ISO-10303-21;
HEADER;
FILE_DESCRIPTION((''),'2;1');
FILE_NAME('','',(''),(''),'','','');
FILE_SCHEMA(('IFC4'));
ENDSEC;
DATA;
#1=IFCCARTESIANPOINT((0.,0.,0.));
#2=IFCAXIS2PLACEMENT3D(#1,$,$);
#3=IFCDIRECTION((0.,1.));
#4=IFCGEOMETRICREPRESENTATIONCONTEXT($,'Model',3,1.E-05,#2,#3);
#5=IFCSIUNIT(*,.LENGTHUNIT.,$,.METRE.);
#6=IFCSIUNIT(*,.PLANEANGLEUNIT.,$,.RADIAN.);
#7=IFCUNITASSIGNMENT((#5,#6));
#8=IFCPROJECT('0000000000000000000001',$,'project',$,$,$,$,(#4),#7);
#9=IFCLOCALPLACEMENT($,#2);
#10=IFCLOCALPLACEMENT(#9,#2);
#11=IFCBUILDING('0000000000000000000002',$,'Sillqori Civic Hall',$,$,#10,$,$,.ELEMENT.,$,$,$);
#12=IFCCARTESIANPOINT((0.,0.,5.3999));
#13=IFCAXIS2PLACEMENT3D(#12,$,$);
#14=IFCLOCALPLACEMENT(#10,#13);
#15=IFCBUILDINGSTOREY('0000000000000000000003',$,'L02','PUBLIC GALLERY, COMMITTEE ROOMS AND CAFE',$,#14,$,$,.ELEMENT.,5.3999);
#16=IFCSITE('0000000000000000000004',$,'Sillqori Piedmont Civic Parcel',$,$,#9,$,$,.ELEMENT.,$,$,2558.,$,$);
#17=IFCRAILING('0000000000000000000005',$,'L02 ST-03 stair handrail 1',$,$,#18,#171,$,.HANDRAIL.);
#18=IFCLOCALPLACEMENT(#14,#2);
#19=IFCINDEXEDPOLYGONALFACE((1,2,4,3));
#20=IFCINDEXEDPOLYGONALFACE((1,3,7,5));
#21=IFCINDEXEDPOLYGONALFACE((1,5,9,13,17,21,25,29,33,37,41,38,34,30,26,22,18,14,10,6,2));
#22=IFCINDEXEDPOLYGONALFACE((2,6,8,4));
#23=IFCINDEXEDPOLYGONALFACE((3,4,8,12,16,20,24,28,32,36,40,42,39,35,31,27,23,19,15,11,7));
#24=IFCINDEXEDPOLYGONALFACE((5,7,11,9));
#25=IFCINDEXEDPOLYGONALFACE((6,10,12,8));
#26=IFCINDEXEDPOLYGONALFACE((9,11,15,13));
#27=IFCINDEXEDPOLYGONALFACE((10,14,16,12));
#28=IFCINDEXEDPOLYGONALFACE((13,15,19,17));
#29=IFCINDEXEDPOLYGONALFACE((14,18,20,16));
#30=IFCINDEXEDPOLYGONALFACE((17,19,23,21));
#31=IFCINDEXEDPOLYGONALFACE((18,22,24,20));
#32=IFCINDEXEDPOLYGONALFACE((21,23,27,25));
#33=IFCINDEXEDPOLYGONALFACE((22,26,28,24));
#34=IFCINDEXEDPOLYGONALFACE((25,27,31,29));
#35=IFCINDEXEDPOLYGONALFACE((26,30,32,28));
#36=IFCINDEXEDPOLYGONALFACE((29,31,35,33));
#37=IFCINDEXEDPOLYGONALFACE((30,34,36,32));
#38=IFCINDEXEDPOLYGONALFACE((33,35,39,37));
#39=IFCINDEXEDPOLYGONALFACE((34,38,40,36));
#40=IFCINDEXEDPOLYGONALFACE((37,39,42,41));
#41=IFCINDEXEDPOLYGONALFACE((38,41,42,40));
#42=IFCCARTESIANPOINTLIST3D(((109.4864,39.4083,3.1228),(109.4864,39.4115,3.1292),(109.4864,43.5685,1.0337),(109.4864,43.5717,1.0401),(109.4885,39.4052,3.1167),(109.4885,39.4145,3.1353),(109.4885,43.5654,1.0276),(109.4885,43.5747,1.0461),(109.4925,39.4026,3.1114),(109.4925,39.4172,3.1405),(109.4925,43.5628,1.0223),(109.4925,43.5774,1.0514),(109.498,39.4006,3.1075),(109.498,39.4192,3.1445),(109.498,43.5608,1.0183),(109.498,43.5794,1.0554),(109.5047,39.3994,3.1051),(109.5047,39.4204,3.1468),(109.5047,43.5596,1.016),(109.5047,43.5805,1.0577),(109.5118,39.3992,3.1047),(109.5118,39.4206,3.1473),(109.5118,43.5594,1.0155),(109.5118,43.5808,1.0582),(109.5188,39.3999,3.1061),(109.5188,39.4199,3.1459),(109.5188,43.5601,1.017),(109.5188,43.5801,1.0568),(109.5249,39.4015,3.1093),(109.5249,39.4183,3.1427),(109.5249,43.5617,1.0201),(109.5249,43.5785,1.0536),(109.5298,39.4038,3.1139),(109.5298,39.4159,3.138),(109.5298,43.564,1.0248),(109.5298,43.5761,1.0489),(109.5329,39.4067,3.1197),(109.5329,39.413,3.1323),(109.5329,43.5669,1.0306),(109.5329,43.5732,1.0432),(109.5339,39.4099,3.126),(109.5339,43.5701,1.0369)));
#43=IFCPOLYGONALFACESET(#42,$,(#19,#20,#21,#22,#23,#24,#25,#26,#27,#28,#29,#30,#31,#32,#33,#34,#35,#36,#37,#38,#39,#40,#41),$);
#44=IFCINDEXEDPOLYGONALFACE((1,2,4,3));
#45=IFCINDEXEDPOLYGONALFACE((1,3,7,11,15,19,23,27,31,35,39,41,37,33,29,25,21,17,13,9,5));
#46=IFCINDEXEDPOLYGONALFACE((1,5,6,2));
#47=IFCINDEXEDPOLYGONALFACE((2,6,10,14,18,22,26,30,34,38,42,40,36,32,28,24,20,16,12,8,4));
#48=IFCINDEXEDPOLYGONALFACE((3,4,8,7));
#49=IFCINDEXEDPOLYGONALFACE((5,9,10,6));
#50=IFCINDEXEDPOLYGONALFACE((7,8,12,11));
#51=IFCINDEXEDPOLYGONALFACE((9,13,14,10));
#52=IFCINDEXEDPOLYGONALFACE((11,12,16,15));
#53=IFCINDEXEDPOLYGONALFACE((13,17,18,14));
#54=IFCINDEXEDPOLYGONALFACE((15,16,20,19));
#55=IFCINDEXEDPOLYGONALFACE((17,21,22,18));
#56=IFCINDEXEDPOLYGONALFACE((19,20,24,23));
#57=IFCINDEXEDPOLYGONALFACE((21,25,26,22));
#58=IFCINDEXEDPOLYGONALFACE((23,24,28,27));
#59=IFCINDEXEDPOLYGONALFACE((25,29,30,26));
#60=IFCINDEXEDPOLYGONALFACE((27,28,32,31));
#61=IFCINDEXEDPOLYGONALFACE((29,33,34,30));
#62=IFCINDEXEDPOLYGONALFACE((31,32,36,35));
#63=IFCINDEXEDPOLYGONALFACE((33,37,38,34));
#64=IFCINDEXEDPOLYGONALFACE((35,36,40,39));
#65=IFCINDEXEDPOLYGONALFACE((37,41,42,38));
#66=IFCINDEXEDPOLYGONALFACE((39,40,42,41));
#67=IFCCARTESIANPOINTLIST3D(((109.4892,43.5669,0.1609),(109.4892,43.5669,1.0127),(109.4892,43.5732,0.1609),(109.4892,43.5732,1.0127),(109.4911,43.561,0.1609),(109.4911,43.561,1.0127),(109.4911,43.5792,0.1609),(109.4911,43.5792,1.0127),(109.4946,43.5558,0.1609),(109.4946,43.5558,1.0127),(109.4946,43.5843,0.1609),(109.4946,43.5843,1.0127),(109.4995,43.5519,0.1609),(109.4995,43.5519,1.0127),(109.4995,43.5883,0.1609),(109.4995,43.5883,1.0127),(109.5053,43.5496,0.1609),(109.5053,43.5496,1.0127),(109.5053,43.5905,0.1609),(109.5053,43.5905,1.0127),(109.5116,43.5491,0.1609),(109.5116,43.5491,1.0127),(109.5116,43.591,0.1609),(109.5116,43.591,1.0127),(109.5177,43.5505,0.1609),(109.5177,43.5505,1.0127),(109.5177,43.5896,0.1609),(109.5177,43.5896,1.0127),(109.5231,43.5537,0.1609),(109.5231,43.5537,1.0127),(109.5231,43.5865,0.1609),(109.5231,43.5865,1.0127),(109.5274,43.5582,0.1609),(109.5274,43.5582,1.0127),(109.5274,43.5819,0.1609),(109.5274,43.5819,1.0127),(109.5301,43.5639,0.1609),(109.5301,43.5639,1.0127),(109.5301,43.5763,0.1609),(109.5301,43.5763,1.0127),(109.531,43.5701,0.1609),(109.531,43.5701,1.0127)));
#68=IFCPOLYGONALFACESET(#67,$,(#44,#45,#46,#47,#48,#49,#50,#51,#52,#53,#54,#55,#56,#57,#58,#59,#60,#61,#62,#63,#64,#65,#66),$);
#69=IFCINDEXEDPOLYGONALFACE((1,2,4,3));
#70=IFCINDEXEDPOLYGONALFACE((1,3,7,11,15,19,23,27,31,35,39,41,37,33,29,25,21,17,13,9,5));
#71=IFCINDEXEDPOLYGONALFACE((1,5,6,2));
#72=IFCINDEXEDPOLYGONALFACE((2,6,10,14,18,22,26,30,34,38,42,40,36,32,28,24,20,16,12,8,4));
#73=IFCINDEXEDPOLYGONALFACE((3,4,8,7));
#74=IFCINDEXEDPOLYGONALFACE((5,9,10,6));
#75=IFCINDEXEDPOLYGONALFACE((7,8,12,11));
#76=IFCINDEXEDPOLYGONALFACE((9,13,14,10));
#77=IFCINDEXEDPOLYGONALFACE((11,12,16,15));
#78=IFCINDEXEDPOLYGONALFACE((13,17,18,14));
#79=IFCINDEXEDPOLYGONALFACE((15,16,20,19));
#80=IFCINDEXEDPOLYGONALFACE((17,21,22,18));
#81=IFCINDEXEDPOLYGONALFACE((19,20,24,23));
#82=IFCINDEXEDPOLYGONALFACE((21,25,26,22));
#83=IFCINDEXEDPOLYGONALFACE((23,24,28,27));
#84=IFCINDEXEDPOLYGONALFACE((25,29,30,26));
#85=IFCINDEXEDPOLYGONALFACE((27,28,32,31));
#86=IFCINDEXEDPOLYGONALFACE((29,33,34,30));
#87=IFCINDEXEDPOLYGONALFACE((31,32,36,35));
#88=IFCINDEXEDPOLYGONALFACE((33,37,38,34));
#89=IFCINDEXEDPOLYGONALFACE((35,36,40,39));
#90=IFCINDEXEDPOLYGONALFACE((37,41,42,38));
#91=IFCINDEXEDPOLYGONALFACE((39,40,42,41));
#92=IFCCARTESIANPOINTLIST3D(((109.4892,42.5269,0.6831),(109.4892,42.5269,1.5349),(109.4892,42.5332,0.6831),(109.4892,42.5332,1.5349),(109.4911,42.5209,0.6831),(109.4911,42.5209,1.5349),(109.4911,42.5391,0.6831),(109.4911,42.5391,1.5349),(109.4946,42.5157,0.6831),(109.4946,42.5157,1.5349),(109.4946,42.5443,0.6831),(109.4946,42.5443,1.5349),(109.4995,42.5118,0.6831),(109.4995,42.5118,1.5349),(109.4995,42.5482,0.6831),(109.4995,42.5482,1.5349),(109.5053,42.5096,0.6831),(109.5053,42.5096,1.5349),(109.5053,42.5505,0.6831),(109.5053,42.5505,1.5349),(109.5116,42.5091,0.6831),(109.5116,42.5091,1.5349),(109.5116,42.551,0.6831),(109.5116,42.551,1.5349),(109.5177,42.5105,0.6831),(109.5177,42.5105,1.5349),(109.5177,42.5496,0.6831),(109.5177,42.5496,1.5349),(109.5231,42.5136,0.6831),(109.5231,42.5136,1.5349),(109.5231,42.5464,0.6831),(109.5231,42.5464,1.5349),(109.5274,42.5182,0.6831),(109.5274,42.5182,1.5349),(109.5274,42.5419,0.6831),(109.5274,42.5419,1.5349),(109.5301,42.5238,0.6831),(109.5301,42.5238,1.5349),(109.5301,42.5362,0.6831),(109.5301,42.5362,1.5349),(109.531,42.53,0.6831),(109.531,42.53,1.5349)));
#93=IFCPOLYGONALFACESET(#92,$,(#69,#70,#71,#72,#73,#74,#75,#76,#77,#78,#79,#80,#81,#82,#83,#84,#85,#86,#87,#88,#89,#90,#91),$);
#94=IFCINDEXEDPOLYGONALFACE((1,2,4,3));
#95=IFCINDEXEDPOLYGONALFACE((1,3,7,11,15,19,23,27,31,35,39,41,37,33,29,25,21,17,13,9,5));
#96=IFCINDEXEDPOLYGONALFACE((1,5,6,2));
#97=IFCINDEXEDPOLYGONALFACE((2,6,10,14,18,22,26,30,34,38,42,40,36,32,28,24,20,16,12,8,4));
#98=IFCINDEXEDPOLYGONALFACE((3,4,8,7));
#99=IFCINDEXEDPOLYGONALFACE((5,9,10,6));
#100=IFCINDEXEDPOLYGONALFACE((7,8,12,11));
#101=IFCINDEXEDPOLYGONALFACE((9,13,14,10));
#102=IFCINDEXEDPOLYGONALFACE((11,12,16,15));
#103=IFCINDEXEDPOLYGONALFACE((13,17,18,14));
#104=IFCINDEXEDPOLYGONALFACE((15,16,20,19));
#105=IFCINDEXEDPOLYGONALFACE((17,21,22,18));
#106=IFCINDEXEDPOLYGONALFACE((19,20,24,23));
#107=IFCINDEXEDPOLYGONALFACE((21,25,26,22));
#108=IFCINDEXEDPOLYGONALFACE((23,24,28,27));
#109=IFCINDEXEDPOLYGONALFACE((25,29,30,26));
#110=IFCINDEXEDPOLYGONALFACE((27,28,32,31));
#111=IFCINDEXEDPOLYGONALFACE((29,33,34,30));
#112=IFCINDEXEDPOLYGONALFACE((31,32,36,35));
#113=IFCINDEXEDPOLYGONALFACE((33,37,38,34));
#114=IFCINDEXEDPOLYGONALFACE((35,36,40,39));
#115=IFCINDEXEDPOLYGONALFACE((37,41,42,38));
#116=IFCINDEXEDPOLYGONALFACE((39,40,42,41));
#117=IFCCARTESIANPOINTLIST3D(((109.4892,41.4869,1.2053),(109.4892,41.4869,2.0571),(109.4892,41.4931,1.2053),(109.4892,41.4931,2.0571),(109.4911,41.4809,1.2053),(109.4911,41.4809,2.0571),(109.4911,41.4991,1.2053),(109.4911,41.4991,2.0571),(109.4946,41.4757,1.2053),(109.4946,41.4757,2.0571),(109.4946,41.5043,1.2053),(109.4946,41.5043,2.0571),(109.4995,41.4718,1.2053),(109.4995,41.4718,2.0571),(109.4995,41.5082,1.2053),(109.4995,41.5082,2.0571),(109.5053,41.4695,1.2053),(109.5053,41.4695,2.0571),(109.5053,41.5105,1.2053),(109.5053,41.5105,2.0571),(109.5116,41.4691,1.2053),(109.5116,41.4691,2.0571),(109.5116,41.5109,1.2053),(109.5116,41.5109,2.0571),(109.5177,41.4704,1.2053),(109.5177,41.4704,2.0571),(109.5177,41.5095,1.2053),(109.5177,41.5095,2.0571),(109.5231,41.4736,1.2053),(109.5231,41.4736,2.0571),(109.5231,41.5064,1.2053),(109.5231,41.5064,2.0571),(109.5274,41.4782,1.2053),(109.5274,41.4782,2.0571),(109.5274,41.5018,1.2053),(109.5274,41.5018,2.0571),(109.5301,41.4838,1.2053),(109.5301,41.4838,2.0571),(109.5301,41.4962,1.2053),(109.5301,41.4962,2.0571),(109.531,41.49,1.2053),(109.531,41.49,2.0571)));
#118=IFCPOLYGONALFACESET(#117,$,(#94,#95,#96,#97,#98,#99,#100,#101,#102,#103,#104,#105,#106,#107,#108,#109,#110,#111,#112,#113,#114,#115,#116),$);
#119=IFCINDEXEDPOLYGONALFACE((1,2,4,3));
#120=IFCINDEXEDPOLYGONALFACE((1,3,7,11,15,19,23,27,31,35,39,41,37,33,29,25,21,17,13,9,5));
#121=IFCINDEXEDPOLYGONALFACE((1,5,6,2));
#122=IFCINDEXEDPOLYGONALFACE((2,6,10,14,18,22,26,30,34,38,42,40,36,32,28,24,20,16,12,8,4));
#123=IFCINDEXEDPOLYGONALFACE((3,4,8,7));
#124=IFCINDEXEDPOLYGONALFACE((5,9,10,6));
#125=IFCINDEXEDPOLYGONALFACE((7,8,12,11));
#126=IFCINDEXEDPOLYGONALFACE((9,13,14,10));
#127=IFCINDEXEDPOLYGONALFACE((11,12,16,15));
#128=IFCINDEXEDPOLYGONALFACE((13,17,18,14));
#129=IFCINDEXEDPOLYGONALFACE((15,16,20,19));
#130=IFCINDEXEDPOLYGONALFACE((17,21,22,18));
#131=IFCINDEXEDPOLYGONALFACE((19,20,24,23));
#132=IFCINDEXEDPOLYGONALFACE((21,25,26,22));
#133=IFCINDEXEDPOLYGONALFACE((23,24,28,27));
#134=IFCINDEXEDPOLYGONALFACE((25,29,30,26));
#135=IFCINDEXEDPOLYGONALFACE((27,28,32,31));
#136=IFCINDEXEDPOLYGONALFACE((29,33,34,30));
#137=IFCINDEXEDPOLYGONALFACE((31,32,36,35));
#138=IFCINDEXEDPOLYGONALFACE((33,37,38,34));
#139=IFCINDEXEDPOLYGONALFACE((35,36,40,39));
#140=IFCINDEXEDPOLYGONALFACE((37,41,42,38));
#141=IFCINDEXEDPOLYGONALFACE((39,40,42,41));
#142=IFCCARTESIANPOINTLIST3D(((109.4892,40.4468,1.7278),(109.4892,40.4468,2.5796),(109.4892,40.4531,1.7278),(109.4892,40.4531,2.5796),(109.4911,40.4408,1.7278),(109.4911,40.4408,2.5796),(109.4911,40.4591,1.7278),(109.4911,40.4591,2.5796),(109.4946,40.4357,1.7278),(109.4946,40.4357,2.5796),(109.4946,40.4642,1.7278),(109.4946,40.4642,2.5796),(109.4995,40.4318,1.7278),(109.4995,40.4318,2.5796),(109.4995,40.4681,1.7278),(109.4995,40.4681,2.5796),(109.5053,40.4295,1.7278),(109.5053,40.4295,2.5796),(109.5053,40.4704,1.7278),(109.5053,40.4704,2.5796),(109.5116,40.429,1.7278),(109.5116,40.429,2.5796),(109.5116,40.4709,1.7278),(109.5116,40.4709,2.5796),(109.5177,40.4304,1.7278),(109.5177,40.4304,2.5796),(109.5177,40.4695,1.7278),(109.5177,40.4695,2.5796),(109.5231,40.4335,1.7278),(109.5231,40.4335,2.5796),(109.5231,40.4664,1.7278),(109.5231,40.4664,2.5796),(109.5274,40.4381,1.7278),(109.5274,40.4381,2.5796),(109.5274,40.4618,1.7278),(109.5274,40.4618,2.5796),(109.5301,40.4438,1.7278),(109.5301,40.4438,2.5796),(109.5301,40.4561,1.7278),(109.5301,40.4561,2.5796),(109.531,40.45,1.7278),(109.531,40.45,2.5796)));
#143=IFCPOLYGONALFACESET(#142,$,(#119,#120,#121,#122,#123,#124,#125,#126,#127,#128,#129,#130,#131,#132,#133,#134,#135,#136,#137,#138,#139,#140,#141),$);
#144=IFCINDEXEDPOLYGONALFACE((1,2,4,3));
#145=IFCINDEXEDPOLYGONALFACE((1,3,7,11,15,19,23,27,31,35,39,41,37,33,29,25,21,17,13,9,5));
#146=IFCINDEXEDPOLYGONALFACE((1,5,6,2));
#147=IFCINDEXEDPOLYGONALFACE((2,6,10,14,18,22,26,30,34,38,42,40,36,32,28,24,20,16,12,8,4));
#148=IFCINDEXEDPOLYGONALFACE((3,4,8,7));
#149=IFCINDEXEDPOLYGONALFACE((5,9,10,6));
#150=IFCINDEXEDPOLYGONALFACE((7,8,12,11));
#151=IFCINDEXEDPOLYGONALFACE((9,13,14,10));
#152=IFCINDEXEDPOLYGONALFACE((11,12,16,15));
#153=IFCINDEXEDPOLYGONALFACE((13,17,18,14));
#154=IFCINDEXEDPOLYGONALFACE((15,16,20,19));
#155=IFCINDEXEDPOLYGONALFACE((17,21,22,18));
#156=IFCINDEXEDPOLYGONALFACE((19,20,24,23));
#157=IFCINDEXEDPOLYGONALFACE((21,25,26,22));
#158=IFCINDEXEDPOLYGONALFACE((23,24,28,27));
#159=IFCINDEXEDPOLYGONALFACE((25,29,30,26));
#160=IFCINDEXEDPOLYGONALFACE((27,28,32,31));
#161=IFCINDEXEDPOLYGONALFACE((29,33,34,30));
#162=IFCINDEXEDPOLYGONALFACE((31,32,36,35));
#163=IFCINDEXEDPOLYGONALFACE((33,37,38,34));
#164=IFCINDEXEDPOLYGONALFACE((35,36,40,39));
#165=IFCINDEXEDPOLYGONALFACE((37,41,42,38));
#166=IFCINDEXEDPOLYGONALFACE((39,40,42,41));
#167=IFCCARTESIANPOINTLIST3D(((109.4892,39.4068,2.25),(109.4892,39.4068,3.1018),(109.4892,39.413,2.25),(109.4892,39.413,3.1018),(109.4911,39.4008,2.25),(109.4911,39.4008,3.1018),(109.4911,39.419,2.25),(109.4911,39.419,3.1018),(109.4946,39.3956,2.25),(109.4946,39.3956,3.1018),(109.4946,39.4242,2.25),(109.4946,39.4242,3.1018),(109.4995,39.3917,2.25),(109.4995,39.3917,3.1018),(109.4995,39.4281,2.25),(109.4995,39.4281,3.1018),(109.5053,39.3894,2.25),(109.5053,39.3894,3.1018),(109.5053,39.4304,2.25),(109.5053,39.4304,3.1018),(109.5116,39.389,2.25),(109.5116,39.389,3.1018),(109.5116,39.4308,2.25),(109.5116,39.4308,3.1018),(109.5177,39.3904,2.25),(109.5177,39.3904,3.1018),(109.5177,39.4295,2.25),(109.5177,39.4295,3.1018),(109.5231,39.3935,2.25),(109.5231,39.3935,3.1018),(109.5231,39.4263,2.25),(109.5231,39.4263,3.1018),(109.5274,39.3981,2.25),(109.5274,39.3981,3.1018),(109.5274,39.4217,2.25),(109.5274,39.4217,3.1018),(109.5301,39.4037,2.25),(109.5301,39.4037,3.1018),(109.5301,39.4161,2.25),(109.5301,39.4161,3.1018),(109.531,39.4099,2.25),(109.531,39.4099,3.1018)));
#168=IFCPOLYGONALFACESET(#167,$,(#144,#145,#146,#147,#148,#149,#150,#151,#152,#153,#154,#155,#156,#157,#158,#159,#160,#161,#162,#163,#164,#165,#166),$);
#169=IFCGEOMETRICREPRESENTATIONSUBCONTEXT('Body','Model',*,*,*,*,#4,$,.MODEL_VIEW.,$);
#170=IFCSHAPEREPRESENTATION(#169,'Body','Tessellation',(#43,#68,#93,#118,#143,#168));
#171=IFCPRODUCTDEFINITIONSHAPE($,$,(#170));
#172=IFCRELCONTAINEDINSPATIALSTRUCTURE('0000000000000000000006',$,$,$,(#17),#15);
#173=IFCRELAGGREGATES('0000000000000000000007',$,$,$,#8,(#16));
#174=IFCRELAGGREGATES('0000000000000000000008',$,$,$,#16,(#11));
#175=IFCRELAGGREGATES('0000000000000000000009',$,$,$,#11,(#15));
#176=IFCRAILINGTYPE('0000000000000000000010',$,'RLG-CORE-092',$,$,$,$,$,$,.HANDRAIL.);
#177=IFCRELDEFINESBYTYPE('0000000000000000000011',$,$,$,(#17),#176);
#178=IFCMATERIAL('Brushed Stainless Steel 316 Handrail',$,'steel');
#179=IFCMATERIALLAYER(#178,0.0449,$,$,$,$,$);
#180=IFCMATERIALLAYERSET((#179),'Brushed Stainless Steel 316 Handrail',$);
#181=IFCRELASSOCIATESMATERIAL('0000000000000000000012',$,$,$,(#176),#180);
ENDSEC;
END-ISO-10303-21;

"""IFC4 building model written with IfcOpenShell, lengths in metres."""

from ifc_helpers import new_model, si_unit, direction, frame, origin, origin_2d, place, context, subcontext, project, spatial, circle, extrude, material, layer, layer_set, type_object, element, save


model = new_model("IFC4")

# Units and contexts
model_context = context("Model", 3, precision=1e-05, world=origin(), true_north=direction((0.0, 1.0)))
body_context = subcontext(model_context, "Body", "Model", "MODEL_VIEW")
ifc_project = project(units=[si_unit("LENGTHUNIT", "METRE"), si_unit("PLANEANGLEUNIT", "RADIAN")], contexts=[model_context])

# Site, building, storey
site_placement = place(None, origin())
site = spatial("IfcSite", under=ifc_project, at=site_placement, Name="Sillqori Piedmont Civic Parcel", CompositionType="ELEMENT", RefElevation=2558.0)
building_placement = place(site_placement, origin())
building = spatial("IfcBuilding", under=site, at=building_placement, Name="Sillqori Civic Hall", CompositionType="ELEMENT")
storey_placement = place(building_placement, frame((0.0, 0.0, 5.3999)))
storey = spatial("IfcBuildingStorey", under=building, at=storey_placement, Name="L02", Description="PUBLIC GALLERY, COMMITTEE ROOMS AND CAFE", CompositionType="ELEMENT", Elevation=5.3999)

# Railing
ifc_material_1 = material(Name="Brushed Stainless Steel 316 Handrail", Category="steel")
ifc_layer_1 = layer(ifc_material_1, 0.0449)
ifc_layer_set_1 = layer_set([ifc_layer_1], Name="Brushed Stainless Steel 316 Handrail")
railing_type_1 = type_object("IfcRailingType", Name="RLG-CORE-092", PredefinedType="HANDRAIL", material=ifc_layer_set_1)
railing_1_placement = place(storey_placement, frame((109.51, 43.5701, 0.1609)))
element("IfcRailing", 1, at=railing_1_placement, inside=storey, type_object=railing_type_1, Name="L02 ST-03 stair handrail 1", PredefinedType="HANDRAIL", context=body_context, shape_type="SweptSolid", body=[
    extrude(circle(Radius=0.0239, at=origin_2d()), frame((0.0, 0.0, 0.876), z_axis=(0.0, -0.89365, 0.448765), x_axis=(1.0, 0.0, 0.0)), (0.0, 0.0, 1.0), 4.6553),
    extrude(circle(Radius=0.021, at=origin_2d()), origin(), (0.0, 0.0, 1.0), 0.8518),
    extrude(circle(Radius=0.021, at=origin_2d()), frame((0.0, -1.04, 0.5222)), (0.0, 0.0, 1.0), 0.8518),
    extrude(circle(Radius=0.021, at=origin_2d()), frame((0.0, -2.0801, 1.0444)), (0.0, 0.0, 1.0), 0.8518),
    extrude(circle(Radius=0.021, at=origin_2d()), frame((0.0, -3.1201, 1.5669)), (0.0, 0.0, 1.0), 0.8518),
    extrude(circle(Radius=0.021, at=origin_2d()), frame((0.0, -4.1602, 2.0891)), (0.0, 0.0, 1.0), 0.8518),
])

save(model, "model.ifc")
